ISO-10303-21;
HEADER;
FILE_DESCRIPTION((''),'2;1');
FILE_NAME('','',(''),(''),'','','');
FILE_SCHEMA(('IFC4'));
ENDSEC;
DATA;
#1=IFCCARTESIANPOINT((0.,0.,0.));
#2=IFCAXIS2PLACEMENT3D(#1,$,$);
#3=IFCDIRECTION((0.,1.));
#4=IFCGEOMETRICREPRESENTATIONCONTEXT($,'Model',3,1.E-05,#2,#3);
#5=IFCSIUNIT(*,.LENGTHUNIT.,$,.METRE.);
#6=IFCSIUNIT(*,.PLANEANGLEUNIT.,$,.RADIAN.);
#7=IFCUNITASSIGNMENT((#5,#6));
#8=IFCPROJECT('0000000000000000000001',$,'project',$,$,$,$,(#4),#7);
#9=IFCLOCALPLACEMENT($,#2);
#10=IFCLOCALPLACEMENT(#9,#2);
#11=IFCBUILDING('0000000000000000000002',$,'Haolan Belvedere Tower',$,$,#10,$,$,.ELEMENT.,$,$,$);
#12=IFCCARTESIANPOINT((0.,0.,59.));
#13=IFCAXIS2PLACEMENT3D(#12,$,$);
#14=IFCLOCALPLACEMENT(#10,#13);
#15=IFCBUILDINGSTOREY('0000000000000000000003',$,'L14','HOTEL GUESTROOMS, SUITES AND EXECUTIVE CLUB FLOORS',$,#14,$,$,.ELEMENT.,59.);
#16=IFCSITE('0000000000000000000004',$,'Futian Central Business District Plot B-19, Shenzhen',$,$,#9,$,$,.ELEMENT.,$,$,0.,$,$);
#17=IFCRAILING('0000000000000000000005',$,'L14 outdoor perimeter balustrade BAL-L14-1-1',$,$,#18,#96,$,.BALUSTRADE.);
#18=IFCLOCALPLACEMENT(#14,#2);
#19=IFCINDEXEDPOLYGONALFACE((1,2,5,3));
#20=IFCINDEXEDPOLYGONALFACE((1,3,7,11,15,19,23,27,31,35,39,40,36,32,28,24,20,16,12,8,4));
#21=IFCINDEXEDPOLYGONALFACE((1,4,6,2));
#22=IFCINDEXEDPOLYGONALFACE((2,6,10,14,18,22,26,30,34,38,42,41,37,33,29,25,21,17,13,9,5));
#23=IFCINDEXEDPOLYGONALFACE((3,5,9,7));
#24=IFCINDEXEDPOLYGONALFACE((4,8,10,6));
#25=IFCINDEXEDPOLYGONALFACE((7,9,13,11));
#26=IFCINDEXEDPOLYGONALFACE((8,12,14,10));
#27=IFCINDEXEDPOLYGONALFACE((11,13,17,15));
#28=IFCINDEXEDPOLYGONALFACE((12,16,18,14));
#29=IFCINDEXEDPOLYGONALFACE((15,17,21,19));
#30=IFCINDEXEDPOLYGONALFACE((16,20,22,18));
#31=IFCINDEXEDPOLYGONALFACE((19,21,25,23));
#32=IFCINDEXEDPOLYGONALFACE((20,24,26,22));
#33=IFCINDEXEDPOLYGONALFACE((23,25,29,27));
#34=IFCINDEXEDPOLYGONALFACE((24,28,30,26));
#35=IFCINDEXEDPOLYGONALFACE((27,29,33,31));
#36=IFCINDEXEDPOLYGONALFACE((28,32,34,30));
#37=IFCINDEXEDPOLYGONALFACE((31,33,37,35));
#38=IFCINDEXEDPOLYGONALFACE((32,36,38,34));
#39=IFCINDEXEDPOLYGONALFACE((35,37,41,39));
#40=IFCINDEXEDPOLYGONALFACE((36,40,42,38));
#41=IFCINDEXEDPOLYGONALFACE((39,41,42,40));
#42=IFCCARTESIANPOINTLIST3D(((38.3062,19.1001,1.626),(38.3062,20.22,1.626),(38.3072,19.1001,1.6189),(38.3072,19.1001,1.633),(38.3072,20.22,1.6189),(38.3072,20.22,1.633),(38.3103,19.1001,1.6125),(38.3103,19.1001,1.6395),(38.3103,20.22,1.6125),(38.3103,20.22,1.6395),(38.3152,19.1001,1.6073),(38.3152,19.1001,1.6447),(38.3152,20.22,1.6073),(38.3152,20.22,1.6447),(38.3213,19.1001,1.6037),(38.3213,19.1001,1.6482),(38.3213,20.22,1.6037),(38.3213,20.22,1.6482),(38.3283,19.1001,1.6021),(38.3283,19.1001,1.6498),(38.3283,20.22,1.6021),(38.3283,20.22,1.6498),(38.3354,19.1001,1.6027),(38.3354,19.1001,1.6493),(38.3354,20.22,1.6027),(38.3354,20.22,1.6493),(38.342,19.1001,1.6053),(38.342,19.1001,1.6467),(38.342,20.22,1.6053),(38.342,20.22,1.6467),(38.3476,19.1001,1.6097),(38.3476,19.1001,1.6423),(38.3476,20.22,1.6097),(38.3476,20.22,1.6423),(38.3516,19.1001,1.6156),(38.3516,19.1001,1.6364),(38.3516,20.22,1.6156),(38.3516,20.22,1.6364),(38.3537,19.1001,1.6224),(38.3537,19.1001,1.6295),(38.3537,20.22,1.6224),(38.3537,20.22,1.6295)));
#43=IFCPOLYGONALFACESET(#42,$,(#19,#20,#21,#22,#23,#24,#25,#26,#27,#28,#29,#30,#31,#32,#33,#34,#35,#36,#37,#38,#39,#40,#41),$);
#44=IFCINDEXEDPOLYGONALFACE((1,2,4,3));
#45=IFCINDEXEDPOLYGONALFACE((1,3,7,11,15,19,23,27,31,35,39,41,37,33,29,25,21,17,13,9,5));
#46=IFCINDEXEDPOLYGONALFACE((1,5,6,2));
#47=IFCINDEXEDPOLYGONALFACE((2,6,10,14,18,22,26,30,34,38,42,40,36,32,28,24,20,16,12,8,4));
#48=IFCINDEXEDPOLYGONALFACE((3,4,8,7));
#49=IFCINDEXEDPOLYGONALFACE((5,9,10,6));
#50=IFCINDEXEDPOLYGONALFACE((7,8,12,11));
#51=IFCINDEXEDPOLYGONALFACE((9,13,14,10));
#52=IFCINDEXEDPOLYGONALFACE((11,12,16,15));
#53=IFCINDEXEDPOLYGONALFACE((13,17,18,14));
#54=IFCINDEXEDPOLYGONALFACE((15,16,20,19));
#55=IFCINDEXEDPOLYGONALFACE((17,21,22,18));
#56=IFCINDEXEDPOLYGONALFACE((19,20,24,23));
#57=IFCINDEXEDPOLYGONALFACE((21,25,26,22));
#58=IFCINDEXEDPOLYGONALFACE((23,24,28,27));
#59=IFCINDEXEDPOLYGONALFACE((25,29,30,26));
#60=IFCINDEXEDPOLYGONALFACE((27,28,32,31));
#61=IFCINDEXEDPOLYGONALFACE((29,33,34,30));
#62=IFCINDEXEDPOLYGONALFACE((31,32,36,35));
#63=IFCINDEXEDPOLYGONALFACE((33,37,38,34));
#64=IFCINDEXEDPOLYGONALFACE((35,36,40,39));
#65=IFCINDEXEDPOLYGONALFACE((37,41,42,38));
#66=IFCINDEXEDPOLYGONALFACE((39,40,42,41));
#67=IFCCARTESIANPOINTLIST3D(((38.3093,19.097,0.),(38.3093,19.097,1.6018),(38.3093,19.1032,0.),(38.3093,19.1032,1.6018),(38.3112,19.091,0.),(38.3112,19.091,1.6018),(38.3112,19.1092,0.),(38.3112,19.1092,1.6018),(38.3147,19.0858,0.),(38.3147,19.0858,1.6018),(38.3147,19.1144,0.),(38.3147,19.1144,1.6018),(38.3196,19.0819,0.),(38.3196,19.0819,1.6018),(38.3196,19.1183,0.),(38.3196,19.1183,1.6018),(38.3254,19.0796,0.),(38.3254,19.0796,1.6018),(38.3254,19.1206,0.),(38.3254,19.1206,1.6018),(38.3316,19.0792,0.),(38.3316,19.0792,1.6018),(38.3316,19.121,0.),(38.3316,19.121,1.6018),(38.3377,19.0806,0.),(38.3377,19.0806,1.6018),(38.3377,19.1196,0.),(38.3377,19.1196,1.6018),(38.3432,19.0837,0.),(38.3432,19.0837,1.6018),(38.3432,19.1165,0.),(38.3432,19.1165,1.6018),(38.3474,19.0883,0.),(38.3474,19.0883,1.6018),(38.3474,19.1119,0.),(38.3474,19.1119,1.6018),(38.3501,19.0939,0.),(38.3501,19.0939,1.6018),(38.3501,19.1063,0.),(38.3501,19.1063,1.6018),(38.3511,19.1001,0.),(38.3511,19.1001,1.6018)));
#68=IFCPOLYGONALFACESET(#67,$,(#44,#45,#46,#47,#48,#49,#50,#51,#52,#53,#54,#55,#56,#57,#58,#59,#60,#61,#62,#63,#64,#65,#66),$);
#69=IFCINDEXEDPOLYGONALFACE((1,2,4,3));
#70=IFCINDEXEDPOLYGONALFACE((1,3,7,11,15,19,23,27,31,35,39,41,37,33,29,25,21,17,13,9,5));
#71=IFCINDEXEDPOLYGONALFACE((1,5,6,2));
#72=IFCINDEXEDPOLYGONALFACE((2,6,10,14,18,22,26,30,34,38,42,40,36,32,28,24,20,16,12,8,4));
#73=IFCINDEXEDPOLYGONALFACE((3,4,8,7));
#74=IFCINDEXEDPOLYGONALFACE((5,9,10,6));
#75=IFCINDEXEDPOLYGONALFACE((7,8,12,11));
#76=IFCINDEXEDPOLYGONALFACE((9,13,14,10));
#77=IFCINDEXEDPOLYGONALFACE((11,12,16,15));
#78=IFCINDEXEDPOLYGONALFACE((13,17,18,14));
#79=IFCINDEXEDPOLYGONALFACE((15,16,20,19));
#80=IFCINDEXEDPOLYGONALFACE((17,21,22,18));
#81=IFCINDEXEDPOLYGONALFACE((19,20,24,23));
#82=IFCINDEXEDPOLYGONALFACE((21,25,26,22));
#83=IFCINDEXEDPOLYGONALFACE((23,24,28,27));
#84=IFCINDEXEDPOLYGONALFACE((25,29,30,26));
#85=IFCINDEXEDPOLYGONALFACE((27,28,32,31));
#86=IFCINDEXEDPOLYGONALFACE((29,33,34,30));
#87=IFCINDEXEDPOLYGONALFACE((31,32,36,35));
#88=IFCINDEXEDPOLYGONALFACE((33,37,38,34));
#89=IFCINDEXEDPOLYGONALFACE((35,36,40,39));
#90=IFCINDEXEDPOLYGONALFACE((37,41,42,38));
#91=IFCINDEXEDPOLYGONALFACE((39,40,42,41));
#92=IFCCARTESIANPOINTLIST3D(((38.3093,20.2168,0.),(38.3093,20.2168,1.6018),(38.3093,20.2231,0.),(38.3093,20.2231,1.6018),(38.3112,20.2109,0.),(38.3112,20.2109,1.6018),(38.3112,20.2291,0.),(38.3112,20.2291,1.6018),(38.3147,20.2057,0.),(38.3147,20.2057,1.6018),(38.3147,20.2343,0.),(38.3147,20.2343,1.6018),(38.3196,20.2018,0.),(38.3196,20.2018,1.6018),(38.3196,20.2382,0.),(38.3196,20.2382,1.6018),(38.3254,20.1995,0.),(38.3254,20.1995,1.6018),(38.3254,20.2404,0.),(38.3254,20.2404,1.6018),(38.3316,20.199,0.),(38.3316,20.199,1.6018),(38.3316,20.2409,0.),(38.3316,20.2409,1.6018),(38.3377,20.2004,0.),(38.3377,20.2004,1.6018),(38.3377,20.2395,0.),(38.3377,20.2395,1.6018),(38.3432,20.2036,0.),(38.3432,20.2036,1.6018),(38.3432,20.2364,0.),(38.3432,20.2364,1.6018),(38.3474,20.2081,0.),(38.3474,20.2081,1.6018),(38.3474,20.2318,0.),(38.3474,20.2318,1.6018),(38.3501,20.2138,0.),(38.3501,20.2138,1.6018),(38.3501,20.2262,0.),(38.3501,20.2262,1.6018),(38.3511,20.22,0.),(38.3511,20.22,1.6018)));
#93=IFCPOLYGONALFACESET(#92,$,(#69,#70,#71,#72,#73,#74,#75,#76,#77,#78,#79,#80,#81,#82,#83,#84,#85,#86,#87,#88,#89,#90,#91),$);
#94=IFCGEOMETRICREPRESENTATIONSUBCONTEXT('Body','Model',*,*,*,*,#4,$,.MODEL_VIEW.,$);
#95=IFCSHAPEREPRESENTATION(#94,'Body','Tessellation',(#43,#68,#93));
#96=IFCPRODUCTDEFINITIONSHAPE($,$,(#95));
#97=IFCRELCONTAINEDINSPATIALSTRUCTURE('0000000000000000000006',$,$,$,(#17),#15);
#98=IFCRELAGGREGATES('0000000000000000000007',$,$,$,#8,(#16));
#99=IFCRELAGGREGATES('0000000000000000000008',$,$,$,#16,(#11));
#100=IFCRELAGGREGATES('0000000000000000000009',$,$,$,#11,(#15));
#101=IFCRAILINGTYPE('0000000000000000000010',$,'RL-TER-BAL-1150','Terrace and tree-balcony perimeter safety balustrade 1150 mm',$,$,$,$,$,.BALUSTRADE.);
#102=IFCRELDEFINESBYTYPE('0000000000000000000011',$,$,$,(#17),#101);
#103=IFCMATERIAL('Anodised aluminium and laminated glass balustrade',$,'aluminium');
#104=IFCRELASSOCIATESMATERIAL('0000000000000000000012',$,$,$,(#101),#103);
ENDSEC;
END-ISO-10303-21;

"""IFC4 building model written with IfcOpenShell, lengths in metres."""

from ifc_helpers import new_model, si_unit, direction, frame, origin, origin_2d, place, context, subcontext, project, spatial, circle, extrude, material, type_object, element, save


model = new_model("IFC4")

# Units and contexts
model_context = context("Model", 3, precision=1e-05, world=origin(), true_north=direction((0.0, 1.0)))
body_context = subcontext(model_context, "Body", "Model", "MODEL_VIEW")
ifc_project = project(units=[si_unit("LENGTHUNIT", "METRE"), si_unit("PLANEANGLEUNIT", "RADIAN")], contexts=[model_context])

# Site, building, storey
site_placement = place(None, origin())
site = spatial("IfcSite", under=ifc_project, at=site_placement, Name="Futian Central Business District Plot B-19, Shenzhen", CompositionType="ELEMENT", RefElevation=0.0)
building_placement = place(site_placement, origin())
building = spatial("IfcBuilding", under=site, at=building_placement, Name="Haolan Belvedere Tower", CompositionType="ELEMENT")
storey_placement = place(building_placement, frame((0.0, 0.0, 59.0)))
storey = spatial("IfcBuildingStorey", under=building, at=storey_placement, Name="L14", Description="HOTEL GUESTROOMS, SUITES AND EXECUTIVE CLUB FLOORS", CompositionType="ELEMENT", Elevation=59.0)

# Railing
ifc_material_1 = material(Name="Anodised aluminium and laminated glass balustrade", Category="aluminium")
railing_type = type_object("IfcRailingType", Name="RL-TER-BAL-1150", Description="Terrace and tree-balcony perimeter safety balustrade 1150 mm", PredefinedType="BALUSTRADE", material=ifc_material_1)
railing_placement = place(storey_placement, frame((38.3301, 19.1001, 0.0)))
element("IfcRailing", 1, at=railing_placement, inside=storey, type_object=railing_type, Name="L14 outdoor perimeter balustrade BAL-L14-1-1", PredefinedType="BALUSTRADE", context=body_context, shape_type="SweptSolid", body=[
    extrude(circle(Radius=0.0239, at=origin_2d()), frame((0.0, 0.0, 1.626), z_axis=(0.0, 1.0, 0.0), x_axis=(-1.0, 0.0, 0.0)), (0.0, 0.0, 1.0), 1.1199),
    extrude(circle(Radius=0.021, at=origin_2d()), origin(), (0.0, 0.0, 1.0), 1.6018),
    extrude(circle(Radius=0.021, at=origin_2d()), frame((0.0, 1.1199, 0.0)), (0.0, 0.0, 1.0), 1.6018),
])

save(model, "model.ifc")
